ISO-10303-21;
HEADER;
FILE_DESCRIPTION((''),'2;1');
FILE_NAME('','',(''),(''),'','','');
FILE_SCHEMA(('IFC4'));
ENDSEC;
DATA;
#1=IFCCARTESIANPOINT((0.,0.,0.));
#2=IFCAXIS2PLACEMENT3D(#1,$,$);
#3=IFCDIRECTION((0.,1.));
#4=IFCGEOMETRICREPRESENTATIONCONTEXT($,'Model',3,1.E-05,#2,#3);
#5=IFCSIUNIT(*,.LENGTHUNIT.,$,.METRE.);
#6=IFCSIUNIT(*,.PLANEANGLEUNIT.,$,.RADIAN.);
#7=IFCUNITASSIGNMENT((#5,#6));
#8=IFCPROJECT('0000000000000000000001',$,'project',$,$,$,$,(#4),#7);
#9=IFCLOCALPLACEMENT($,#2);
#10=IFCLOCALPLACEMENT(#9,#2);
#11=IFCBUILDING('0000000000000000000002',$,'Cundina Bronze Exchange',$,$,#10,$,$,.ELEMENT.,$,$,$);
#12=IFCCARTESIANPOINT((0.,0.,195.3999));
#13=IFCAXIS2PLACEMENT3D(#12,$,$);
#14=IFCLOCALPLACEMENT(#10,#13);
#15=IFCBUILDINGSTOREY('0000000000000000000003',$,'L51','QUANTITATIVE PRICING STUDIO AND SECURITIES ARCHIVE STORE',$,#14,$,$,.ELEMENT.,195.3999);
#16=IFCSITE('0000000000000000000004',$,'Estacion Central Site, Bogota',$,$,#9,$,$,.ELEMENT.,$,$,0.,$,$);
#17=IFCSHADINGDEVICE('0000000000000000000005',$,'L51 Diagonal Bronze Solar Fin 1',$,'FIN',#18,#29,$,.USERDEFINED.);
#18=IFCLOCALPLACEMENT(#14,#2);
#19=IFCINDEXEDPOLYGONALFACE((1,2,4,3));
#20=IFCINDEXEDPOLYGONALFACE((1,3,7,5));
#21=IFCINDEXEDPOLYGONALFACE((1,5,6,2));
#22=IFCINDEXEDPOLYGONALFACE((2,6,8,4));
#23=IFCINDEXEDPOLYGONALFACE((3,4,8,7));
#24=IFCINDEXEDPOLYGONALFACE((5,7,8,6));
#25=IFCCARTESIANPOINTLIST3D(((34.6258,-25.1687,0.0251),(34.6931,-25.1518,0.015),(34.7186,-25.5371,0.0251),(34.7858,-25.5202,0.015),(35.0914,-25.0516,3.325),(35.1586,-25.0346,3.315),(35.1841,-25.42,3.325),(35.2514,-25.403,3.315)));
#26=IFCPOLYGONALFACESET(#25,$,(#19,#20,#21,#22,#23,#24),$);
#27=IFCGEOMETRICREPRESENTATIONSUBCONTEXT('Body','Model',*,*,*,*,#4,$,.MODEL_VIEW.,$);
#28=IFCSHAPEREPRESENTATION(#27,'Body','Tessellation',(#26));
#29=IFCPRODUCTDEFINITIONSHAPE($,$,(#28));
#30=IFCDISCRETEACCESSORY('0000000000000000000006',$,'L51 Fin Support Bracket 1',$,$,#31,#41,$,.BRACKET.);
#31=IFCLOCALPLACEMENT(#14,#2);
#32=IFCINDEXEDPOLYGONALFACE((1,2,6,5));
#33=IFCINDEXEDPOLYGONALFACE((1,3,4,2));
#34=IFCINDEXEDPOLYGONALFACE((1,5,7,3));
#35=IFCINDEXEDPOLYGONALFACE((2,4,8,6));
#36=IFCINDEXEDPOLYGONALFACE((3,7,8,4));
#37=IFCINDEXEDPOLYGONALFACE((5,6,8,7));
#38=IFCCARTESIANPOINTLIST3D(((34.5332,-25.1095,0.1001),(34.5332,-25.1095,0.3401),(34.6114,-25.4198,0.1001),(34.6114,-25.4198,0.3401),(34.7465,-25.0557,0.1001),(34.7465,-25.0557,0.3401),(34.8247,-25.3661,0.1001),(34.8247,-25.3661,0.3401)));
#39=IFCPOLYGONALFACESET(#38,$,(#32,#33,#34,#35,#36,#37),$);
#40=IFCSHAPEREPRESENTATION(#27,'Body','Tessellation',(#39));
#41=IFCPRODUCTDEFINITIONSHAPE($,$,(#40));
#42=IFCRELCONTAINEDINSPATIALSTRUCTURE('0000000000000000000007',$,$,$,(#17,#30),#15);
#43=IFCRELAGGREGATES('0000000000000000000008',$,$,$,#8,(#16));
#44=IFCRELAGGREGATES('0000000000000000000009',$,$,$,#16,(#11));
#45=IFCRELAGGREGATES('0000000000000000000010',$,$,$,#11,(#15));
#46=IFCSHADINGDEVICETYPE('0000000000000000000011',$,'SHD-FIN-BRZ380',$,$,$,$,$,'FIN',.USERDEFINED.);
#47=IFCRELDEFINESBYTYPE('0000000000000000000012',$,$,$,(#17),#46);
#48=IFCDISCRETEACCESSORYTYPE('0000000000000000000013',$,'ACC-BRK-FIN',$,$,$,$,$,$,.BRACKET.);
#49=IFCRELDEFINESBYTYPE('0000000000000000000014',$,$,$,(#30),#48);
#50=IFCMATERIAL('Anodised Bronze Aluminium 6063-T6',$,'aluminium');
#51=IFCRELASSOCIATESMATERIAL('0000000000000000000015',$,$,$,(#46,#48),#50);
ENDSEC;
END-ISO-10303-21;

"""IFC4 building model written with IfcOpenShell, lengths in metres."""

from ifc_helpers import new_model, si_unit, direction, frame, origin, origin_2d, place, context, subcontext, project, spatial, rectangle, extrude, material, material_profile, profile_set, type_object, element, save


model = new_model("IFC4")

# Units and contexts
model_context = context("Model", 3, precision=1e-05, world=origin(), true_north=direction((0.0, 1.0)))
body_context = subcontext(model_context, "Body", "Model", "MODEL_VIEW")
ifc_project = project(units=[si_unit("LENGTHUNIT", "METRE"), si_unit("PLANEANGLEUNIT", "RADIAN")], contexts=[model_context])

# Site, building, storey
site_placement = place(None, origin())
site = spatial("IfcSite", under=ifc_project, at=site_placement, Name="Estacion Central Site, Bogota", CompositionType="ELEMENT", RefElevation=0.0)
building_placement = place(site_placement, origin())
building = spatial("IfcBuilding", under=site, at=building_placement, Name="Cundina Bronze Exchange", CompositionType="ELEMENT")
storey_placement = place(building_placement, frame((0.0, 0.0, 195.3999)))
storey = spatial("IfcBuildingStorey", under=building, at=storey_placement, Name="L51", Description="QUANTITATIVE PRICING STUDIO AND SECURITIES ARCHIVE STORE", CompositionType="ELEMENT", Elevation=195.3999)

# Shared definitions
ifc_material_1 = material(Name="Anodised Bronze Aluminium 6063-T6", Category="aluminium")

# Shading device
ifc_material_profile_1 = material_profile(ifc_material_1, rectangle(XDim=0.0701, YDim=0.3799, at=origin_2d()), Name="FIN70X380", Category="aluminium")
ifc_profile_set_1 = profile_set([ifc_material_profile_1], Name="Anodised Bronze Aluminium 6063-T6")
shading_device_type = type_object("IfcShadingDeviceType", Name="SHD-FIN-BRZ380", ElementType="FIN", PredefinedType="USERDEFINED", material=ifc_profile_set_1)
shading_device_placement = place(storey_placement, frame((34.7058, -25.3445, 0.02), z_axis=(0.139612, 0.035141, 0.989583), x_axis=(-0.95965, -0.241548, 0.143967)))
element("IfcShadingDevice", 1, at=shading_device_placement, inside=storey, type_object=shading_device_type, Name="L51 Diagonal Bronze Solar Fin 1", ObjectType="FIN", PredefinedType="USERDEFINED", context=body_context, shape_type="SweptSolid", body=[
    extrude(rectangle(XDim=0.0701, YDim=0.3799, at=origin_2d()), origin(), (0.0, 0.0, 1.0), 3.3347),
])

# Discrete accessory
discrete_accessory_type = type_object("IfcDiscreteAccessoryType", Name="ACC-BRK-FIN", PredefinedType="BRACKET", material=ifc_material_1)
discrete_accessory_placement = place(storey_placement, frame((34.679, -25.2378, 0.1001), z_axis=(0.0, 0.0, 1.0), x_axis=(0.969732, 0.244174, 0.0)))
element("IfcDiscreteAccessory", 2, at=discrete_accessory_placement, inside=storey, type_object=discrete_accessory_type, Name="L51 Fin Support Bracket 1", PredefinedType="BRACKET", context=body_context, shape_type="SweptSolid", body=[
    extrude(rectangle(XDim=0.22, YDim=0.3201, at=origin_2d()), origin(), (0.0, 0.0, 1.0), 0.24),
])

save(model, "model.ifc")
